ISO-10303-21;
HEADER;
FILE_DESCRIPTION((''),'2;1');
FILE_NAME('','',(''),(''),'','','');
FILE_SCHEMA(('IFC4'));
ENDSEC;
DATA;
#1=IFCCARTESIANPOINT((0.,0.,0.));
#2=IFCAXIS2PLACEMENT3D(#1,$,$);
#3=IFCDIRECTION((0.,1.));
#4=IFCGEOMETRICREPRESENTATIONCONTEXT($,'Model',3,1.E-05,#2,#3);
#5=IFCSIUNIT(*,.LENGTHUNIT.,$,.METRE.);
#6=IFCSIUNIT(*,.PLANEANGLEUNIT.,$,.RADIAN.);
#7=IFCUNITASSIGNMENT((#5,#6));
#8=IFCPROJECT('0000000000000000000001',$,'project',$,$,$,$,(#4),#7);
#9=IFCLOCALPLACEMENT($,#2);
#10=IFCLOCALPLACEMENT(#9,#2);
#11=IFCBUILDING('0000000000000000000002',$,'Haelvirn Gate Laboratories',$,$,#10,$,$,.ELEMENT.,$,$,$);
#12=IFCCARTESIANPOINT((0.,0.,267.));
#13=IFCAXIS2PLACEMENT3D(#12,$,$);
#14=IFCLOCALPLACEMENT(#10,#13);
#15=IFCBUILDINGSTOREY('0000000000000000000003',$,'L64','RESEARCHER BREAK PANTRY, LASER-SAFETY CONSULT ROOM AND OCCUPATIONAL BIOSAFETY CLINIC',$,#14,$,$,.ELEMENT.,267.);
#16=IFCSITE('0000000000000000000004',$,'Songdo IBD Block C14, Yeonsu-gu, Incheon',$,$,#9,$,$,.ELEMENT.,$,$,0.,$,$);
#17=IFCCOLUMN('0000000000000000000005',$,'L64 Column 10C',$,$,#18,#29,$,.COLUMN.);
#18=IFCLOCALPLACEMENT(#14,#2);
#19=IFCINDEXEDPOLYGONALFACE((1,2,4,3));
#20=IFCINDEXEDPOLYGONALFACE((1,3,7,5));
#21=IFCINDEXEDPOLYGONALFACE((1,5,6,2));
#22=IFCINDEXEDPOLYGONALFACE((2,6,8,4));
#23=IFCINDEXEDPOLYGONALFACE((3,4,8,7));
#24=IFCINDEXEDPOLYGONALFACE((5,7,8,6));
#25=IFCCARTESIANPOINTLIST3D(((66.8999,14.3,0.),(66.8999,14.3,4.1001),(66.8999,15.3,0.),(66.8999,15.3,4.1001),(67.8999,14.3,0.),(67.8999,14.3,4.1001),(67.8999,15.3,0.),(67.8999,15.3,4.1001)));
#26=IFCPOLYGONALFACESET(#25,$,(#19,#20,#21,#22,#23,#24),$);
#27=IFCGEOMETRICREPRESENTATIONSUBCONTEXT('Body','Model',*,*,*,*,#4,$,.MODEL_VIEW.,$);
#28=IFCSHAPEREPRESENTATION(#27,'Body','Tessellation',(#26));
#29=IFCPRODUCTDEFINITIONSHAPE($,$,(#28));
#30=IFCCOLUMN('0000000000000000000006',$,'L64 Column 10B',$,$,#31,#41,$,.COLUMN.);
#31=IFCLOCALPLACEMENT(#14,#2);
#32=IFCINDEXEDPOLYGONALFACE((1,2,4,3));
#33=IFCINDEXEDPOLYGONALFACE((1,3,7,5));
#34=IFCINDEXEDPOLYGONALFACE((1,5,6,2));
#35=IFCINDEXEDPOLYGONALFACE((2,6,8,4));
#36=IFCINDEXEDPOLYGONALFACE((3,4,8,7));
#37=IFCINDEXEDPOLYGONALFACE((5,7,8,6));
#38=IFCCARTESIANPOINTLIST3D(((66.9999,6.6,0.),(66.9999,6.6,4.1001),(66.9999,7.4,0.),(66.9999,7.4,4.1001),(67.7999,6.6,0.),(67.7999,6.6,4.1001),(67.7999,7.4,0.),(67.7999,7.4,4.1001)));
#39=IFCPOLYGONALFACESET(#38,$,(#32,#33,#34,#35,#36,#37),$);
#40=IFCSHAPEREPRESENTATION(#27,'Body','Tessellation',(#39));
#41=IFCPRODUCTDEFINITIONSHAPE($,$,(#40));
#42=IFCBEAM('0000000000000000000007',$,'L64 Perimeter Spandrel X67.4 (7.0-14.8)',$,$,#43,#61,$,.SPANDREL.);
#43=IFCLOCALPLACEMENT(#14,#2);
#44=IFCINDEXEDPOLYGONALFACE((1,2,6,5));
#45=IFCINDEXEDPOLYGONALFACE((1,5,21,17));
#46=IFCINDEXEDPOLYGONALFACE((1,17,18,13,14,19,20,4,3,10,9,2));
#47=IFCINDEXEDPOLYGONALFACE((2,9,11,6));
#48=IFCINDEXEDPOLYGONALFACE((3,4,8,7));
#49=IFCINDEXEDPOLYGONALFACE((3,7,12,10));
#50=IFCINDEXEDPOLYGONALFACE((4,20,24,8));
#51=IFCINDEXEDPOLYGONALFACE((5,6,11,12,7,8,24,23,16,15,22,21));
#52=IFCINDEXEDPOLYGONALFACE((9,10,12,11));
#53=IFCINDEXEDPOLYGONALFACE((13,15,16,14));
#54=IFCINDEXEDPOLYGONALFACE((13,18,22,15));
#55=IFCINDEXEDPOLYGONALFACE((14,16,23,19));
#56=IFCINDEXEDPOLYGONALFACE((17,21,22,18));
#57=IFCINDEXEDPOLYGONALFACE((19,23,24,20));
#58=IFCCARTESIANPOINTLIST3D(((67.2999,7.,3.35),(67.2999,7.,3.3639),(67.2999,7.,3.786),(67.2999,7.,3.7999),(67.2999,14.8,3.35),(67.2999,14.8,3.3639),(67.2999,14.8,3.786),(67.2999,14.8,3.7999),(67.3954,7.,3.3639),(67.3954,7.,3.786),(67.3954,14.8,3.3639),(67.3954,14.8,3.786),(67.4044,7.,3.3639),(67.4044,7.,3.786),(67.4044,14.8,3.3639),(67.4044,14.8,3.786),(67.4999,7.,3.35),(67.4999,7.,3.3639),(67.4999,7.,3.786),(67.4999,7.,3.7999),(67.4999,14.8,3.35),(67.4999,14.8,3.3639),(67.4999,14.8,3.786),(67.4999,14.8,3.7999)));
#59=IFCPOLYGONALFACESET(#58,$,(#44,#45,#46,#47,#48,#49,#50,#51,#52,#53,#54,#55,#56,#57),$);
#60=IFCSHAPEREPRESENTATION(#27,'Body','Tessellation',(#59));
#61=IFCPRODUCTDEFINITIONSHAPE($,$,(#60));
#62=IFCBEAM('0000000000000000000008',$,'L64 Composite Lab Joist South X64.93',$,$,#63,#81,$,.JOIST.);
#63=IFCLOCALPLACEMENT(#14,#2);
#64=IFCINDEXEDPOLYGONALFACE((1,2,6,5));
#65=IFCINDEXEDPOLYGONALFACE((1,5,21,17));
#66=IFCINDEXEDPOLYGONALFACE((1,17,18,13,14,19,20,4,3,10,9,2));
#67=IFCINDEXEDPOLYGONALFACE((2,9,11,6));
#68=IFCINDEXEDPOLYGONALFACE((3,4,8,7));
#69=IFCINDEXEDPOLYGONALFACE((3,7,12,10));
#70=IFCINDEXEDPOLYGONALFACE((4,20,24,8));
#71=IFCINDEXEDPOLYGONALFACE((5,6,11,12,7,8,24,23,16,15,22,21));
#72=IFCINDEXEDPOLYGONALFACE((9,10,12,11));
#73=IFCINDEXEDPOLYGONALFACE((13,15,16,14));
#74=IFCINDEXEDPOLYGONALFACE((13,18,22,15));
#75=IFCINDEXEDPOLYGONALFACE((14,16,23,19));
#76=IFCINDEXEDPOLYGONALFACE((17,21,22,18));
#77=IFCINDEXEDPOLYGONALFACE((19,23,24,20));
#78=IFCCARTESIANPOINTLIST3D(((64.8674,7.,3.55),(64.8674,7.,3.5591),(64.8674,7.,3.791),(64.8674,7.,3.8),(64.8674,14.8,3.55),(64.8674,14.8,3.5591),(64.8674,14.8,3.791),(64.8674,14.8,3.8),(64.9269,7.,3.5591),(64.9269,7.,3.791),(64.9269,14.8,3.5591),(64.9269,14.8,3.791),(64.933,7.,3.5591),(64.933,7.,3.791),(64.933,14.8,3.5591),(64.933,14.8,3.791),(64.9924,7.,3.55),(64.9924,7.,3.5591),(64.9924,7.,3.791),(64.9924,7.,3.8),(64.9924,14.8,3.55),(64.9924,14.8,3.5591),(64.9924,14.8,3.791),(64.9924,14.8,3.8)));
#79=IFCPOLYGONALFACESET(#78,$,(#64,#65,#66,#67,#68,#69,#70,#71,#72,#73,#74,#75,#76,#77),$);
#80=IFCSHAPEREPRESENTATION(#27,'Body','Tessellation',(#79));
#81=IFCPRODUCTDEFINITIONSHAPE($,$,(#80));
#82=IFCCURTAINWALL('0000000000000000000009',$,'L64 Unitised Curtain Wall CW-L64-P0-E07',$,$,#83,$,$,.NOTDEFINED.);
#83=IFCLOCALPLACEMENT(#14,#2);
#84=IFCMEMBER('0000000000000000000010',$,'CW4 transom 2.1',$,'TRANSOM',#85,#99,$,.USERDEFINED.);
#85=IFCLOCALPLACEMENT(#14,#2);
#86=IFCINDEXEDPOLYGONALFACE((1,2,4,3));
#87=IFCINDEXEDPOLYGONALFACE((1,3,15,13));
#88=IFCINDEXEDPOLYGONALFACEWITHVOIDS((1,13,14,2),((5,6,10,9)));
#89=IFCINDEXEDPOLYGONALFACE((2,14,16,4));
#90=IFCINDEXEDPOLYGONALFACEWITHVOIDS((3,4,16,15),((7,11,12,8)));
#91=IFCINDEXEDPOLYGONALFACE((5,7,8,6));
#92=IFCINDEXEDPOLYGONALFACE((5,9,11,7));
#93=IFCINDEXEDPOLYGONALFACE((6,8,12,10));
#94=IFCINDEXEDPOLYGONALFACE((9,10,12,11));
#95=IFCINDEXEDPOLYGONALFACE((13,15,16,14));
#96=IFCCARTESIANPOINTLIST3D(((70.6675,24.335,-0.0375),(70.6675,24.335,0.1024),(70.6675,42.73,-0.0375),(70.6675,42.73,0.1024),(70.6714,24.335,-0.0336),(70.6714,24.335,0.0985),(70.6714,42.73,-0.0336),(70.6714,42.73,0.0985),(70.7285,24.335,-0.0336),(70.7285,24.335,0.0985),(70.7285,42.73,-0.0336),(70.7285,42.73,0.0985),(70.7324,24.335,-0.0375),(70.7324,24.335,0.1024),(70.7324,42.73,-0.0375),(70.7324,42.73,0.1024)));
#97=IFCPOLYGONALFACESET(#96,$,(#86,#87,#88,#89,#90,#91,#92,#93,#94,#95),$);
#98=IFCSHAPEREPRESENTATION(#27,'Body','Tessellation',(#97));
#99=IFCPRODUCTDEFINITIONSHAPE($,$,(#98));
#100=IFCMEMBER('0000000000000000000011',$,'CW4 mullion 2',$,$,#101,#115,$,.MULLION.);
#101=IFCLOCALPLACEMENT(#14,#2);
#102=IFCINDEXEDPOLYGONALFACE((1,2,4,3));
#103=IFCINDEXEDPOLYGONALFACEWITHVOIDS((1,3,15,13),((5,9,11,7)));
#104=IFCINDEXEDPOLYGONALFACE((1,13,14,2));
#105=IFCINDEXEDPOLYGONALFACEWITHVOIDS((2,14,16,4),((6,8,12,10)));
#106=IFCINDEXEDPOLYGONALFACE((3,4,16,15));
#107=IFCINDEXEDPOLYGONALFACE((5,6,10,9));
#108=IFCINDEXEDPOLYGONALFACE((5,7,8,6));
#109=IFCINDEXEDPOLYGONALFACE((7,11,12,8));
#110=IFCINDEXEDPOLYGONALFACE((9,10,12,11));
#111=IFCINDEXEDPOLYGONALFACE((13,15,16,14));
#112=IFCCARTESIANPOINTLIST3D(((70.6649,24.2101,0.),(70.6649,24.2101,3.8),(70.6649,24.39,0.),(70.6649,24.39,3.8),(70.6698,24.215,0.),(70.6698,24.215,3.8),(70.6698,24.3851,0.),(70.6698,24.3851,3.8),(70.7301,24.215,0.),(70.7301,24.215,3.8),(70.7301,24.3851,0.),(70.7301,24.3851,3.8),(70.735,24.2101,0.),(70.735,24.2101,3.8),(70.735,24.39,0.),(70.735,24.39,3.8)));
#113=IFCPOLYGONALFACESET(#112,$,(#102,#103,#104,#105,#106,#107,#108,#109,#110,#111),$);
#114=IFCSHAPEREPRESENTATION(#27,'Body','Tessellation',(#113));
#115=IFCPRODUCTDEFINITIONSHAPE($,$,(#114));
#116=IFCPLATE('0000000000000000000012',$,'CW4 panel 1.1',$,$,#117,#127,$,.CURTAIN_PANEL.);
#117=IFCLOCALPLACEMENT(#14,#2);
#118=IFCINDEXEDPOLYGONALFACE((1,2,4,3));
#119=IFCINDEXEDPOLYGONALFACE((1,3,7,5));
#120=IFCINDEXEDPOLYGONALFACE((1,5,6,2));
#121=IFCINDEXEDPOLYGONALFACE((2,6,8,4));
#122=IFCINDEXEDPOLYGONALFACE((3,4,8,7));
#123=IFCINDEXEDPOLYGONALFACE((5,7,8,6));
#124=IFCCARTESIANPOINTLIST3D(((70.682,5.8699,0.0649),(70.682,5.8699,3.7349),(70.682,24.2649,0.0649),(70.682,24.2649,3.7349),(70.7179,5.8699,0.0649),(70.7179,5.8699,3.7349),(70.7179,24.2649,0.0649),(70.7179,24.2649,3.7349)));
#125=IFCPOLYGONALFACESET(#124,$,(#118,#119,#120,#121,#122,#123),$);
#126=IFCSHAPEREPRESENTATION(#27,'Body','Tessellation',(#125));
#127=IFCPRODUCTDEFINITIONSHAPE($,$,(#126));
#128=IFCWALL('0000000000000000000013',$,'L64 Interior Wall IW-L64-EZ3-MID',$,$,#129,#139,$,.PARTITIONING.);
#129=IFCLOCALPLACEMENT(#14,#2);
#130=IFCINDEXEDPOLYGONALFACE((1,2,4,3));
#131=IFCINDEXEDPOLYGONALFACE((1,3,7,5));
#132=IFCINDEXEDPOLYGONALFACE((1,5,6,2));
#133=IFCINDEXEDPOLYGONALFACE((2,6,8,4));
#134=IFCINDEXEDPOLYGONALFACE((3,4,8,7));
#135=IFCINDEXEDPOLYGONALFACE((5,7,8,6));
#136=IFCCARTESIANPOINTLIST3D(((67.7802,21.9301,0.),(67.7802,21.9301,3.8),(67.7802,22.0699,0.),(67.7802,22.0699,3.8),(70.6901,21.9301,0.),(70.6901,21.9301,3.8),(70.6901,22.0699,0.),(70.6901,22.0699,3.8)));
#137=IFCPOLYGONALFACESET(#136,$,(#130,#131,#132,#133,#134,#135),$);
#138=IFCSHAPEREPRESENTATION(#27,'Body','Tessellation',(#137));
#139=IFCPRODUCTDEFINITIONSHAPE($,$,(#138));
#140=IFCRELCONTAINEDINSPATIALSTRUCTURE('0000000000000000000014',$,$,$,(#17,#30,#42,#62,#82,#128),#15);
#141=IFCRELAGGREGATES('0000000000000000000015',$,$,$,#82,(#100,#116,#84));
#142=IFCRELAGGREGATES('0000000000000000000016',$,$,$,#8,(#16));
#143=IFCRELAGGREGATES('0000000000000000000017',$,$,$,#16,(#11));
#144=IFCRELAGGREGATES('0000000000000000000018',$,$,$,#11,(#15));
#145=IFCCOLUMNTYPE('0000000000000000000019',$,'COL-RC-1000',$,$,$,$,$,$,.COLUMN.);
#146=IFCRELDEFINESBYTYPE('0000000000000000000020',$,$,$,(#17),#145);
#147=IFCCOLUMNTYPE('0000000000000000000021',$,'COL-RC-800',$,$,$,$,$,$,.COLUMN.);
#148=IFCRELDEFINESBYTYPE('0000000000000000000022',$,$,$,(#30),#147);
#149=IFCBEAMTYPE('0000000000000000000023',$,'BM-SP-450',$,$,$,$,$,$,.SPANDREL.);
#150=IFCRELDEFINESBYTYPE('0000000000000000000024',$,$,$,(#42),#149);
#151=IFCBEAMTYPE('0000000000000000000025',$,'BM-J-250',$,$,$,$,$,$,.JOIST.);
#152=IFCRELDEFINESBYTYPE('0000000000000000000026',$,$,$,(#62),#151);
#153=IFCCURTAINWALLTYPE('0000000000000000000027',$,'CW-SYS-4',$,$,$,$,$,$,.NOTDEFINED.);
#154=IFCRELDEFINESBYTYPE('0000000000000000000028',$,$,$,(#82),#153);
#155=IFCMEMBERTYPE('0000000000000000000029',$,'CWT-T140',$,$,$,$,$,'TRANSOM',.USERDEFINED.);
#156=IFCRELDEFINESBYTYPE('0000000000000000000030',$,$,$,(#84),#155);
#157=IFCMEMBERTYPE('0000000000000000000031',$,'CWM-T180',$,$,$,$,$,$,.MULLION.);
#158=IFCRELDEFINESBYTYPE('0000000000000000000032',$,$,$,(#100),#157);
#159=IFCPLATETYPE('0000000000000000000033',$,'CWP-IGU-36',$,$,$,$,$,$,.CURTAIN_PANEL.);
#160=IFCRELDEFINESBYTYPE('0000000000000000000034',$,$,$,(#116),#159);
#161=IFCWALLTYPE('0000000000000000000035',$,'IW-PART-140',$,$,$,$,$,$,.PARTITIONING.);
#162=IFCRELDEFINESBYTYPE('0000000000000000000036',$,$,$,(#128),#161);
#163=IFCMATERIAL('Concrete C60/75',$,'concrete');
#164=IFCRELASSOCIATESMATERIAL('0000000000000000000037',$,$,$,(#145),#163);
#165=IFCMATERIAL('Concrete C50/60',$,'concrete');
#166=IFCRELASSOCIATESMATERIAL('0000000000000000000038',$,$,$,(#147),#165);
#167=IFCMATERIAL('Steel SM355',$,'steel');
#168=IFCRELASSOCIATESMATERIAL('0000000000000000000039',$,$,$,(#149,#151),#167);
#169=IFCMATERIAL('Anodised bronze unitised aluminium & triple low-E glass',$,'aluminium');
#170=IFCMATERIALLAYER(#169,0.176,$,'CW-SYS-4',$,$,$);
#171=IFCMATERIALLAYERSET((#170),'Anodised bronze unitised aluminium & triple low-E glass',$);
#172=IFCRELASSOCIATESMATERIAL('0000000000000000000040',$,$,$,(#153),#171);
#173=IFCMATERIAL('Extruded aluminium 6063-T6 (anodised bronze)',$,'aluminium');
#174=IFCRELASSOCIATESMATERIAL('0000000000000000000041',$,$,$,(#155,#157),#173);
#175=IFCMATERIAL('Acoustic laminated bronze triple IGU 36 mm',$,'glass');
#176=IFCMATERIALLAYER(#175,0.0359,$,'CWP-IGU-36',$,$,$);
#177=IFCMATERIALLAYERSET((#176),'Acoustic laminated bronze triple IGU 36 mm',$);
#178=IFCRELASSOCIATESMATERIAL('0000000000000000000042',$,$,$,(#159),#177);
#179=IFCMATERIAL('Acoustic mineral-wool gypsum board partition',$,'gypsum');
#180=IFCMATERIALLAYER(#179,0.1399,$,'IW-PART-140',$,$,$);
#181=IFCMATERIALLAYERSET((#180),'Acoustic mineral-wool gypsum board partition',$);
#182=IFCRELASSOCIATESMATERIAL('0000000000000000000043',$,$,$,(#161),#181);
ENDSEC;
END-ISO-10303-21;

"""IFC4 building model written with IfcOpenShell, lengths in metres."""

from ifc_helpers import new_model, si_unit, direction, frame, frame_2d, origin, origin_2d, place, context, subcontext, project, spatial, rectangle, hollow_rectangle, i_section, extrude, source, transform, mapped, material, layer, layer_set, material_profile, profile_set, type_object, type_shapes, element, aggregate, save


model = new_model("IFC4")

# Units and contexts
model_context = context("Model", 3, precision=1e-05, world=origin(), true_north=direction((0.0, 1.0)))
body_context = subcontext(model_context, "Body", "Model", "MODEL_VIEW")
ifc_project = project(units=[si_unit("LENGTHUNIT", "METRE"), si_unit("PLANEANGLEUNIT", "RADIAN")], contexts=[model_context])

# Site, building, storey
site_placement = place(None, origin())
site = spatial("IfcSite", under=ifc_project, at=site_placement, Name="Songdo IBD Block C14, Yeonsu-gu, Incheon", CompositionType="ELEMENT", RefElevation=0.0)
building_placement = place(site_placement, origin())
building = spatial("IfcBuilding", under=site, at=building_placement, Name="Haelvirn Gate Laboratories", CompositionType="ELEMENT")
storey_placement = place(building_placement, frame((0.0, 0.0, 267.0)))
storey = spatial("IfcBuildingStorey", under=building, at=storey_placement, Name="L64", Description="RESEARCHER BREAK PANTRY, LASER-SAFETY CONSULT ROOM AND OCCUPATIONAL BIOSAFETY CLINIC", CompositionType="ELEMENT", Elevation=267.0)

# Columns
ifc_material_1 = material(Name="Concrete C60/75", Category="concrete")
ifc_material_profile_1 = material_profile(ifc_material_1, rectangle(XDim=1.0, YDim=1.0, at=origin_2d()), Name="RC-1000x1000")
ifc_profile_set_1 = profile_set([ifc_material_profile_1], Name="Concrete C60/75")
column_type_1 = type_object("IfcColumnType", Name="COL-RC-1000", PredefinedType="COLUMN", material=ifc_profile_set_1)
shared_shape_1 = source(origin(), body_context, "Body", "SweptSolid", [
    extrude(rectangle(XDim=1.0, YDim=1.0, at=origin_2d()), origin(), (0.0, 0.0, 1.0), 4.1001),
])
type_shapes(column_type_1, [shared_shape_1])
column_1_placement = place(storey_placement, frame((67.3999, 14.8, 0.0), z_axis=(0.0, 0.0, 1.0), x_axis=(1.0, 0.0, 0.0)))
element("IfcColumn", 1, at=column_1_placement, inside=storey, type_object=column_type_1, Name="L64 Column 10C", PredefinedType="COLUMN", context=body_context, shape_type="MappedRepresentation", body=[
    mapped(shared_shape_1, transform((0.0, 0.0, 0.0), scale=1.0)),
])
ifc_material_2 = material(Name="Concrete C50/60", Category="concrete")
ifc_material_profile_2 = material_profile(ifc_material_2, rectangle(XDim=0.8, YDim=0.8, at=origin_2d()), Name="RC-800x800")
ifc_profile_set_2 = profile_set([ifc_material_profile_2], Name="Concrete C50/60")
column_type_2 = type_object("IfcColumnType", Name="COL-RC-800", PredefinedType="COLUMN", material=ifc_profile_set_2)
shared_shape_2 = source(origin(), body_context, "Body", "SweptSolid", [
    extrude(rectangle(XDim=0.8, YDim=0.8, at=origin_2d()), origin(), (0.0, 0.0, 1.0), 4.1001),
])
type_shapes(column_type_2, [shared_shape_2])
column_2_placement = place(storey_placement, frame((67.3999, 7.0, 0.0), z_axis=(0.0, 0.0, 1.0), x_axis=(1.0, 0.0, 0.0)))
element("IfcColumn", 2, at=column_2_placement, inside=storey, type_object=column_type_2, Name="L64 Column 10B", PredefinedType="COLUMN", context=body_context, shape_type="MappedRepresentation", body=[
    mapped(shared_shape_2, transform((0.0, 0.0, 0.0), scale=1.0)),
])

# Beams
ifc_material_3 = material(Name="Steel SM355", Category="steel")
ifc_material_profile_3 = material_profile(ifc_material_3, i_section(OverallWidth=0.2, OverallDepth=0.45, WebThickness=0.009, FlangeThickness=0.0139, at=origin_2d()), Name="H-450x200x9x14")
ifc_profile_set_3 = profile_set([ifc_material_profile_3], Name="Steel SM355")
beam_type_1 = type_object("IfcBeamType", Name="BM-SP-450", PredefinedType="SPANDREL", material=ifc_profile_set_3)
shared_shape_3 = source(origin(), body_context, "Body", "SweptSolid", [
    extrude(i_section(OverallWidth=0.2, OverallDepth=0.45, WebThickness=0.009, FlangeThickness=0.0139, at=origin_2d()), origin(), (0.0, 0.0, 1.0), 7.8),
])
type_shapes(beam_type_1, [shared_shape_3])
beam_1_placement = place(storey_placement, frame((67.3999, 7.0, 3.575), z_axis=(0.0, 1.0, 0.0), x_axis=(-1.0, 0.0, 0.0)))
element("IfcBeam", 3, at=beam_1_placement, inside=storey, type_object=beam_type_1, Name="L64 Perimeter Spandrel X67.4 (7.0-14.8)", PredefinedType="SPANDREL", context=body_context, shape_type="MappedRepresentation", body=[
    mapped(shared_shape_3, transform((0.0, 0.0, 0.0), scale=1.0)),
])
ifc_material_profile_4 = material_profile(ifc_material_3, i_section(OverallWidth=0.125, OverallDepth=0.25, WebThickness=0.0061, FlangeThickness=0.009, at=origin_2d()), Name="H-250x125x6x9")
ifc_profile_set_4 = profile_set([ifc_material_profile_4], Name="Steel SM355")
beam_type_2 = type_object("IfcBeamType", Name="BM-J-250", PredefinedType="JOIST", material=ifc_profile_set_4)
shared_shape_4 = source(origin(), body_context, "Body", "SweptSolid", [
    extrude(i_section(OverallWidth=0.125, OverallDepth=0.25, WebThickness=0.0061, FlangeThickness=0.009, at=origin_2d()), origin(), (0.0, 0.0, 1.0), 7.8),
])
type_shapes(beam_type_2, [shared_shape_4])
beam_2_placement = place(storey_placement, frame((64.9299, 7.0, 3.675), z_axis=(0.0, 1.0, 0.0), x_axis=(-1.0, 0.0, 0.0)))
element("IfcBeam", 4, at=beam_2_placement, inside=storey, type_object=beam_type_2, Name="L64 Composite Lab Joist South X64.93", PredefinedType="JOIST", context=body_context, shape_type="MappedRepresentation", body=[
    mapped(shared_shape_4, transform((0.0, 0.0, 0.0), scale=1.0)),
])

# Curtain wall, members, plate
ifc_material_4 = material(Name="Anodised bronze unitised aluminium & triple low-E glass", Category="aluminium")
ifc_layer_1 = layer(ifc_material_4, 0.176, Name="CW-SYS-4")
ifc_layer_set_1 = layer_set([ifc_layer_1], Name="Anodised bronze unitised aluminium & triple low-E glass")
curtain_wall_type = type_object("IfcCurtainWallType", Name="CW-SYS-4", PredefinedType="NOTDEFINED", material=ifc_layer_set_1)
curtain_wall_placement = place(storey_placement, origin())
curtain_wall = element("IfcCurtainWall", 5, at=curtain_wall_placement, inside=storey, type_object=curtain_wall_type, Name="L64 Unitised Curtain Wall CW-L64-P0-E07", PredefinedType="NOTDEFINED")
ifc_material_5 = material(Name="Extruded aluminium 6063-T6 (anodised bronze)", Category="aluminium")
ifc_material_profile_5 = material_profile(ifc_material_5, hollow_rectangle(XDim=0.0649, YDim=0.1399, WallThickness=0.0039, at=origin_2d()), Name="CWT-140x65x4")
ifc_profile_set_5 = profile_set([ifc_material_profile_5], Name="Extruded aluminium 6063-T6 (anodised bronze)")
member_type_1 = type_object("IfcMemberType", Name="CWT-T140", ElementType="TRANSOM", PredefinedType="USERDEFINED", material=ifc_profile_set_5)
shared_shape_5 = source(origin(), body_context, "Body", "SweptSolid", [
    extrude(hollow_rectangle(XDim=0.0649, YDim=0.1399, WallThickness=0.0039, at=origin_2d()), origin(), (0.0, 0.0, 1.0), 18.395),
])
type_shapes(member_type_1, [shared_shape_5])
member_1_placement = place(storey_placement, frame((70.7, 24.335, 0.0325), z_axis=(0.0, 1.0, 0.0), x_axis=(-1.0, 0.0, 0.0)))
member_1 = element("IfcMember", 6, at=member_1_placement, type_object=member_type_1, Name="CW4 transom 2.1", ObjectType="TRANSOM", PredefinedType="USERDEFINED", context=body_context, shape_type="MappedRepresentation", body=[
    mapped(shared_shape_5, transform((0.0, 0.0, 0.0), scale=1.0)),
])
ifc_material_profile_6 = material_profile(ifc_material_5, hollow_rectangle(XDim=0.0701, YDim=0.1799, WallThickness=0.0049, at=origin_2d()), Name="CWM-180x70x5")
ifc_profile_set_6 = profile_set([ifc_material_profile_6], Name="Extruded aluminium 6063-T6 (anodised bronze)")
member_type_2 = type_object("IfcMemberType", Name="CWM-T180", PredefinedType="MULLION", material=ifc_profile_set_6)
shared_shape_6 = source(origin(), body_context, "Body", "SweptSolid", [
    extrude(hollow_rectangle(XDim=0.0701, YDim=0.1799, WallThickness=0.0049, at=origin_2d()), origin(), (0.0, 0.0, 1.0), 3.8),
])
type_shapes(member_type_2, [shared_shape_6])
member_2_placement = place(storey_placement, frame((70.7, 24.3, 0.0), z_axis=(0.0, 0.0, 1.0), x_axis=(-1.0, 0.0, 0.0)))
member_2 = element("IfcMember", 7, at=member_2_placement, type_object=member_type_2, Name="CW4 mullion 2", PredefinedType="MULLION", context=body_context, shape_type="MappedRepresentation", body=[
    mapped(shared_shape_6, transform((0.0, 0.0, 0.0), scale=1.0)),
])
ifc_material_6 = material(Name="Acoustic laminated bronze triple IGU 36 mm", Category="glass")
ifc_layer_2 = layer(ifc_material_6, 0.0359, Name="CWP-IGU-36")
ifc_layer_set_2 = layer_set([ifc_layer_2], Name="Acoustic laminated bronze triple IGU 36 mm")
plate_type = type_object("IfcPlateType", Name="CWP-IGU-36", PredefinedType="CURTAIN_PANEL", material=ifc_layer_set_2)
shared_shape_7 = source(origin(), body_context, "Body", "SweptSolid", [
    extrude(rectangle(XDim=18.395, YDim=0.0359, at=origin_2d()), origin(), (0.0, 0.0, 1.0), 3.6699),
])
type_shapes(plate_type, [shared_shape_7])
plate_placement = place(storey_placement, frame((70.7, 15.0674, 0.0649), z_axis=(0.0, 0.0, 1.0), x_axis=(0.0, 1.0, 0.0)))
plate = element("IfcPlate", 8, at=plate_placement, type_object=plate_type, Name="CW4 panel 1.1", PredefinedType="CURTAIN_PANEL", context=body_context, shape_type="MappedRepresentation", body=[
    mapped(shared_shape_7, transform((0.0, 0.0, 0.0), scale=1.0)),
])
aggregate(curtain_wall, [member_2, plate, member_1])

# Wall
ifc_material_7 = material(Name="Acoustic mineral-wool gypsum board partition", Category="gypsum")
ifc_layer_3 = layer(ifc_material_7, 0.1399, Name="IW-PART-140")
ifc_layer_set_3 = layer_set([ifc_layer_3], Name="Acoustic mineral-wool gypsum board partition")
wall_type_1 = type_object("IfcWallType", Name="IW-PART-140", PredefinedType="PARTITIONING", material=ifc_layer_set_3)
wall_1_placement = place(storey_placement, frame((67.78, 22.0, 0.0), z_axis=(0.0, 0.0, 1.0), x_axis=(1.0, 0.0, 0.0)))
element("IfcWall", 9, at=wall_1_placement, inside=storey, type_object=wall_type_1, Name="L64 Interior Wall IW-L64-EZ3-MID", PredefinedType="PARTITIONING", context=body_context, shape_type="SweptSolid", body=[
    extrude(rectangle(XDim=2.9099, YDim=0.1399, at=frame_2d((1.4551, 0.0))), origin(), (0.0, 0.0, 1.0), 3.8),
])

save(model, "model.ifc")
